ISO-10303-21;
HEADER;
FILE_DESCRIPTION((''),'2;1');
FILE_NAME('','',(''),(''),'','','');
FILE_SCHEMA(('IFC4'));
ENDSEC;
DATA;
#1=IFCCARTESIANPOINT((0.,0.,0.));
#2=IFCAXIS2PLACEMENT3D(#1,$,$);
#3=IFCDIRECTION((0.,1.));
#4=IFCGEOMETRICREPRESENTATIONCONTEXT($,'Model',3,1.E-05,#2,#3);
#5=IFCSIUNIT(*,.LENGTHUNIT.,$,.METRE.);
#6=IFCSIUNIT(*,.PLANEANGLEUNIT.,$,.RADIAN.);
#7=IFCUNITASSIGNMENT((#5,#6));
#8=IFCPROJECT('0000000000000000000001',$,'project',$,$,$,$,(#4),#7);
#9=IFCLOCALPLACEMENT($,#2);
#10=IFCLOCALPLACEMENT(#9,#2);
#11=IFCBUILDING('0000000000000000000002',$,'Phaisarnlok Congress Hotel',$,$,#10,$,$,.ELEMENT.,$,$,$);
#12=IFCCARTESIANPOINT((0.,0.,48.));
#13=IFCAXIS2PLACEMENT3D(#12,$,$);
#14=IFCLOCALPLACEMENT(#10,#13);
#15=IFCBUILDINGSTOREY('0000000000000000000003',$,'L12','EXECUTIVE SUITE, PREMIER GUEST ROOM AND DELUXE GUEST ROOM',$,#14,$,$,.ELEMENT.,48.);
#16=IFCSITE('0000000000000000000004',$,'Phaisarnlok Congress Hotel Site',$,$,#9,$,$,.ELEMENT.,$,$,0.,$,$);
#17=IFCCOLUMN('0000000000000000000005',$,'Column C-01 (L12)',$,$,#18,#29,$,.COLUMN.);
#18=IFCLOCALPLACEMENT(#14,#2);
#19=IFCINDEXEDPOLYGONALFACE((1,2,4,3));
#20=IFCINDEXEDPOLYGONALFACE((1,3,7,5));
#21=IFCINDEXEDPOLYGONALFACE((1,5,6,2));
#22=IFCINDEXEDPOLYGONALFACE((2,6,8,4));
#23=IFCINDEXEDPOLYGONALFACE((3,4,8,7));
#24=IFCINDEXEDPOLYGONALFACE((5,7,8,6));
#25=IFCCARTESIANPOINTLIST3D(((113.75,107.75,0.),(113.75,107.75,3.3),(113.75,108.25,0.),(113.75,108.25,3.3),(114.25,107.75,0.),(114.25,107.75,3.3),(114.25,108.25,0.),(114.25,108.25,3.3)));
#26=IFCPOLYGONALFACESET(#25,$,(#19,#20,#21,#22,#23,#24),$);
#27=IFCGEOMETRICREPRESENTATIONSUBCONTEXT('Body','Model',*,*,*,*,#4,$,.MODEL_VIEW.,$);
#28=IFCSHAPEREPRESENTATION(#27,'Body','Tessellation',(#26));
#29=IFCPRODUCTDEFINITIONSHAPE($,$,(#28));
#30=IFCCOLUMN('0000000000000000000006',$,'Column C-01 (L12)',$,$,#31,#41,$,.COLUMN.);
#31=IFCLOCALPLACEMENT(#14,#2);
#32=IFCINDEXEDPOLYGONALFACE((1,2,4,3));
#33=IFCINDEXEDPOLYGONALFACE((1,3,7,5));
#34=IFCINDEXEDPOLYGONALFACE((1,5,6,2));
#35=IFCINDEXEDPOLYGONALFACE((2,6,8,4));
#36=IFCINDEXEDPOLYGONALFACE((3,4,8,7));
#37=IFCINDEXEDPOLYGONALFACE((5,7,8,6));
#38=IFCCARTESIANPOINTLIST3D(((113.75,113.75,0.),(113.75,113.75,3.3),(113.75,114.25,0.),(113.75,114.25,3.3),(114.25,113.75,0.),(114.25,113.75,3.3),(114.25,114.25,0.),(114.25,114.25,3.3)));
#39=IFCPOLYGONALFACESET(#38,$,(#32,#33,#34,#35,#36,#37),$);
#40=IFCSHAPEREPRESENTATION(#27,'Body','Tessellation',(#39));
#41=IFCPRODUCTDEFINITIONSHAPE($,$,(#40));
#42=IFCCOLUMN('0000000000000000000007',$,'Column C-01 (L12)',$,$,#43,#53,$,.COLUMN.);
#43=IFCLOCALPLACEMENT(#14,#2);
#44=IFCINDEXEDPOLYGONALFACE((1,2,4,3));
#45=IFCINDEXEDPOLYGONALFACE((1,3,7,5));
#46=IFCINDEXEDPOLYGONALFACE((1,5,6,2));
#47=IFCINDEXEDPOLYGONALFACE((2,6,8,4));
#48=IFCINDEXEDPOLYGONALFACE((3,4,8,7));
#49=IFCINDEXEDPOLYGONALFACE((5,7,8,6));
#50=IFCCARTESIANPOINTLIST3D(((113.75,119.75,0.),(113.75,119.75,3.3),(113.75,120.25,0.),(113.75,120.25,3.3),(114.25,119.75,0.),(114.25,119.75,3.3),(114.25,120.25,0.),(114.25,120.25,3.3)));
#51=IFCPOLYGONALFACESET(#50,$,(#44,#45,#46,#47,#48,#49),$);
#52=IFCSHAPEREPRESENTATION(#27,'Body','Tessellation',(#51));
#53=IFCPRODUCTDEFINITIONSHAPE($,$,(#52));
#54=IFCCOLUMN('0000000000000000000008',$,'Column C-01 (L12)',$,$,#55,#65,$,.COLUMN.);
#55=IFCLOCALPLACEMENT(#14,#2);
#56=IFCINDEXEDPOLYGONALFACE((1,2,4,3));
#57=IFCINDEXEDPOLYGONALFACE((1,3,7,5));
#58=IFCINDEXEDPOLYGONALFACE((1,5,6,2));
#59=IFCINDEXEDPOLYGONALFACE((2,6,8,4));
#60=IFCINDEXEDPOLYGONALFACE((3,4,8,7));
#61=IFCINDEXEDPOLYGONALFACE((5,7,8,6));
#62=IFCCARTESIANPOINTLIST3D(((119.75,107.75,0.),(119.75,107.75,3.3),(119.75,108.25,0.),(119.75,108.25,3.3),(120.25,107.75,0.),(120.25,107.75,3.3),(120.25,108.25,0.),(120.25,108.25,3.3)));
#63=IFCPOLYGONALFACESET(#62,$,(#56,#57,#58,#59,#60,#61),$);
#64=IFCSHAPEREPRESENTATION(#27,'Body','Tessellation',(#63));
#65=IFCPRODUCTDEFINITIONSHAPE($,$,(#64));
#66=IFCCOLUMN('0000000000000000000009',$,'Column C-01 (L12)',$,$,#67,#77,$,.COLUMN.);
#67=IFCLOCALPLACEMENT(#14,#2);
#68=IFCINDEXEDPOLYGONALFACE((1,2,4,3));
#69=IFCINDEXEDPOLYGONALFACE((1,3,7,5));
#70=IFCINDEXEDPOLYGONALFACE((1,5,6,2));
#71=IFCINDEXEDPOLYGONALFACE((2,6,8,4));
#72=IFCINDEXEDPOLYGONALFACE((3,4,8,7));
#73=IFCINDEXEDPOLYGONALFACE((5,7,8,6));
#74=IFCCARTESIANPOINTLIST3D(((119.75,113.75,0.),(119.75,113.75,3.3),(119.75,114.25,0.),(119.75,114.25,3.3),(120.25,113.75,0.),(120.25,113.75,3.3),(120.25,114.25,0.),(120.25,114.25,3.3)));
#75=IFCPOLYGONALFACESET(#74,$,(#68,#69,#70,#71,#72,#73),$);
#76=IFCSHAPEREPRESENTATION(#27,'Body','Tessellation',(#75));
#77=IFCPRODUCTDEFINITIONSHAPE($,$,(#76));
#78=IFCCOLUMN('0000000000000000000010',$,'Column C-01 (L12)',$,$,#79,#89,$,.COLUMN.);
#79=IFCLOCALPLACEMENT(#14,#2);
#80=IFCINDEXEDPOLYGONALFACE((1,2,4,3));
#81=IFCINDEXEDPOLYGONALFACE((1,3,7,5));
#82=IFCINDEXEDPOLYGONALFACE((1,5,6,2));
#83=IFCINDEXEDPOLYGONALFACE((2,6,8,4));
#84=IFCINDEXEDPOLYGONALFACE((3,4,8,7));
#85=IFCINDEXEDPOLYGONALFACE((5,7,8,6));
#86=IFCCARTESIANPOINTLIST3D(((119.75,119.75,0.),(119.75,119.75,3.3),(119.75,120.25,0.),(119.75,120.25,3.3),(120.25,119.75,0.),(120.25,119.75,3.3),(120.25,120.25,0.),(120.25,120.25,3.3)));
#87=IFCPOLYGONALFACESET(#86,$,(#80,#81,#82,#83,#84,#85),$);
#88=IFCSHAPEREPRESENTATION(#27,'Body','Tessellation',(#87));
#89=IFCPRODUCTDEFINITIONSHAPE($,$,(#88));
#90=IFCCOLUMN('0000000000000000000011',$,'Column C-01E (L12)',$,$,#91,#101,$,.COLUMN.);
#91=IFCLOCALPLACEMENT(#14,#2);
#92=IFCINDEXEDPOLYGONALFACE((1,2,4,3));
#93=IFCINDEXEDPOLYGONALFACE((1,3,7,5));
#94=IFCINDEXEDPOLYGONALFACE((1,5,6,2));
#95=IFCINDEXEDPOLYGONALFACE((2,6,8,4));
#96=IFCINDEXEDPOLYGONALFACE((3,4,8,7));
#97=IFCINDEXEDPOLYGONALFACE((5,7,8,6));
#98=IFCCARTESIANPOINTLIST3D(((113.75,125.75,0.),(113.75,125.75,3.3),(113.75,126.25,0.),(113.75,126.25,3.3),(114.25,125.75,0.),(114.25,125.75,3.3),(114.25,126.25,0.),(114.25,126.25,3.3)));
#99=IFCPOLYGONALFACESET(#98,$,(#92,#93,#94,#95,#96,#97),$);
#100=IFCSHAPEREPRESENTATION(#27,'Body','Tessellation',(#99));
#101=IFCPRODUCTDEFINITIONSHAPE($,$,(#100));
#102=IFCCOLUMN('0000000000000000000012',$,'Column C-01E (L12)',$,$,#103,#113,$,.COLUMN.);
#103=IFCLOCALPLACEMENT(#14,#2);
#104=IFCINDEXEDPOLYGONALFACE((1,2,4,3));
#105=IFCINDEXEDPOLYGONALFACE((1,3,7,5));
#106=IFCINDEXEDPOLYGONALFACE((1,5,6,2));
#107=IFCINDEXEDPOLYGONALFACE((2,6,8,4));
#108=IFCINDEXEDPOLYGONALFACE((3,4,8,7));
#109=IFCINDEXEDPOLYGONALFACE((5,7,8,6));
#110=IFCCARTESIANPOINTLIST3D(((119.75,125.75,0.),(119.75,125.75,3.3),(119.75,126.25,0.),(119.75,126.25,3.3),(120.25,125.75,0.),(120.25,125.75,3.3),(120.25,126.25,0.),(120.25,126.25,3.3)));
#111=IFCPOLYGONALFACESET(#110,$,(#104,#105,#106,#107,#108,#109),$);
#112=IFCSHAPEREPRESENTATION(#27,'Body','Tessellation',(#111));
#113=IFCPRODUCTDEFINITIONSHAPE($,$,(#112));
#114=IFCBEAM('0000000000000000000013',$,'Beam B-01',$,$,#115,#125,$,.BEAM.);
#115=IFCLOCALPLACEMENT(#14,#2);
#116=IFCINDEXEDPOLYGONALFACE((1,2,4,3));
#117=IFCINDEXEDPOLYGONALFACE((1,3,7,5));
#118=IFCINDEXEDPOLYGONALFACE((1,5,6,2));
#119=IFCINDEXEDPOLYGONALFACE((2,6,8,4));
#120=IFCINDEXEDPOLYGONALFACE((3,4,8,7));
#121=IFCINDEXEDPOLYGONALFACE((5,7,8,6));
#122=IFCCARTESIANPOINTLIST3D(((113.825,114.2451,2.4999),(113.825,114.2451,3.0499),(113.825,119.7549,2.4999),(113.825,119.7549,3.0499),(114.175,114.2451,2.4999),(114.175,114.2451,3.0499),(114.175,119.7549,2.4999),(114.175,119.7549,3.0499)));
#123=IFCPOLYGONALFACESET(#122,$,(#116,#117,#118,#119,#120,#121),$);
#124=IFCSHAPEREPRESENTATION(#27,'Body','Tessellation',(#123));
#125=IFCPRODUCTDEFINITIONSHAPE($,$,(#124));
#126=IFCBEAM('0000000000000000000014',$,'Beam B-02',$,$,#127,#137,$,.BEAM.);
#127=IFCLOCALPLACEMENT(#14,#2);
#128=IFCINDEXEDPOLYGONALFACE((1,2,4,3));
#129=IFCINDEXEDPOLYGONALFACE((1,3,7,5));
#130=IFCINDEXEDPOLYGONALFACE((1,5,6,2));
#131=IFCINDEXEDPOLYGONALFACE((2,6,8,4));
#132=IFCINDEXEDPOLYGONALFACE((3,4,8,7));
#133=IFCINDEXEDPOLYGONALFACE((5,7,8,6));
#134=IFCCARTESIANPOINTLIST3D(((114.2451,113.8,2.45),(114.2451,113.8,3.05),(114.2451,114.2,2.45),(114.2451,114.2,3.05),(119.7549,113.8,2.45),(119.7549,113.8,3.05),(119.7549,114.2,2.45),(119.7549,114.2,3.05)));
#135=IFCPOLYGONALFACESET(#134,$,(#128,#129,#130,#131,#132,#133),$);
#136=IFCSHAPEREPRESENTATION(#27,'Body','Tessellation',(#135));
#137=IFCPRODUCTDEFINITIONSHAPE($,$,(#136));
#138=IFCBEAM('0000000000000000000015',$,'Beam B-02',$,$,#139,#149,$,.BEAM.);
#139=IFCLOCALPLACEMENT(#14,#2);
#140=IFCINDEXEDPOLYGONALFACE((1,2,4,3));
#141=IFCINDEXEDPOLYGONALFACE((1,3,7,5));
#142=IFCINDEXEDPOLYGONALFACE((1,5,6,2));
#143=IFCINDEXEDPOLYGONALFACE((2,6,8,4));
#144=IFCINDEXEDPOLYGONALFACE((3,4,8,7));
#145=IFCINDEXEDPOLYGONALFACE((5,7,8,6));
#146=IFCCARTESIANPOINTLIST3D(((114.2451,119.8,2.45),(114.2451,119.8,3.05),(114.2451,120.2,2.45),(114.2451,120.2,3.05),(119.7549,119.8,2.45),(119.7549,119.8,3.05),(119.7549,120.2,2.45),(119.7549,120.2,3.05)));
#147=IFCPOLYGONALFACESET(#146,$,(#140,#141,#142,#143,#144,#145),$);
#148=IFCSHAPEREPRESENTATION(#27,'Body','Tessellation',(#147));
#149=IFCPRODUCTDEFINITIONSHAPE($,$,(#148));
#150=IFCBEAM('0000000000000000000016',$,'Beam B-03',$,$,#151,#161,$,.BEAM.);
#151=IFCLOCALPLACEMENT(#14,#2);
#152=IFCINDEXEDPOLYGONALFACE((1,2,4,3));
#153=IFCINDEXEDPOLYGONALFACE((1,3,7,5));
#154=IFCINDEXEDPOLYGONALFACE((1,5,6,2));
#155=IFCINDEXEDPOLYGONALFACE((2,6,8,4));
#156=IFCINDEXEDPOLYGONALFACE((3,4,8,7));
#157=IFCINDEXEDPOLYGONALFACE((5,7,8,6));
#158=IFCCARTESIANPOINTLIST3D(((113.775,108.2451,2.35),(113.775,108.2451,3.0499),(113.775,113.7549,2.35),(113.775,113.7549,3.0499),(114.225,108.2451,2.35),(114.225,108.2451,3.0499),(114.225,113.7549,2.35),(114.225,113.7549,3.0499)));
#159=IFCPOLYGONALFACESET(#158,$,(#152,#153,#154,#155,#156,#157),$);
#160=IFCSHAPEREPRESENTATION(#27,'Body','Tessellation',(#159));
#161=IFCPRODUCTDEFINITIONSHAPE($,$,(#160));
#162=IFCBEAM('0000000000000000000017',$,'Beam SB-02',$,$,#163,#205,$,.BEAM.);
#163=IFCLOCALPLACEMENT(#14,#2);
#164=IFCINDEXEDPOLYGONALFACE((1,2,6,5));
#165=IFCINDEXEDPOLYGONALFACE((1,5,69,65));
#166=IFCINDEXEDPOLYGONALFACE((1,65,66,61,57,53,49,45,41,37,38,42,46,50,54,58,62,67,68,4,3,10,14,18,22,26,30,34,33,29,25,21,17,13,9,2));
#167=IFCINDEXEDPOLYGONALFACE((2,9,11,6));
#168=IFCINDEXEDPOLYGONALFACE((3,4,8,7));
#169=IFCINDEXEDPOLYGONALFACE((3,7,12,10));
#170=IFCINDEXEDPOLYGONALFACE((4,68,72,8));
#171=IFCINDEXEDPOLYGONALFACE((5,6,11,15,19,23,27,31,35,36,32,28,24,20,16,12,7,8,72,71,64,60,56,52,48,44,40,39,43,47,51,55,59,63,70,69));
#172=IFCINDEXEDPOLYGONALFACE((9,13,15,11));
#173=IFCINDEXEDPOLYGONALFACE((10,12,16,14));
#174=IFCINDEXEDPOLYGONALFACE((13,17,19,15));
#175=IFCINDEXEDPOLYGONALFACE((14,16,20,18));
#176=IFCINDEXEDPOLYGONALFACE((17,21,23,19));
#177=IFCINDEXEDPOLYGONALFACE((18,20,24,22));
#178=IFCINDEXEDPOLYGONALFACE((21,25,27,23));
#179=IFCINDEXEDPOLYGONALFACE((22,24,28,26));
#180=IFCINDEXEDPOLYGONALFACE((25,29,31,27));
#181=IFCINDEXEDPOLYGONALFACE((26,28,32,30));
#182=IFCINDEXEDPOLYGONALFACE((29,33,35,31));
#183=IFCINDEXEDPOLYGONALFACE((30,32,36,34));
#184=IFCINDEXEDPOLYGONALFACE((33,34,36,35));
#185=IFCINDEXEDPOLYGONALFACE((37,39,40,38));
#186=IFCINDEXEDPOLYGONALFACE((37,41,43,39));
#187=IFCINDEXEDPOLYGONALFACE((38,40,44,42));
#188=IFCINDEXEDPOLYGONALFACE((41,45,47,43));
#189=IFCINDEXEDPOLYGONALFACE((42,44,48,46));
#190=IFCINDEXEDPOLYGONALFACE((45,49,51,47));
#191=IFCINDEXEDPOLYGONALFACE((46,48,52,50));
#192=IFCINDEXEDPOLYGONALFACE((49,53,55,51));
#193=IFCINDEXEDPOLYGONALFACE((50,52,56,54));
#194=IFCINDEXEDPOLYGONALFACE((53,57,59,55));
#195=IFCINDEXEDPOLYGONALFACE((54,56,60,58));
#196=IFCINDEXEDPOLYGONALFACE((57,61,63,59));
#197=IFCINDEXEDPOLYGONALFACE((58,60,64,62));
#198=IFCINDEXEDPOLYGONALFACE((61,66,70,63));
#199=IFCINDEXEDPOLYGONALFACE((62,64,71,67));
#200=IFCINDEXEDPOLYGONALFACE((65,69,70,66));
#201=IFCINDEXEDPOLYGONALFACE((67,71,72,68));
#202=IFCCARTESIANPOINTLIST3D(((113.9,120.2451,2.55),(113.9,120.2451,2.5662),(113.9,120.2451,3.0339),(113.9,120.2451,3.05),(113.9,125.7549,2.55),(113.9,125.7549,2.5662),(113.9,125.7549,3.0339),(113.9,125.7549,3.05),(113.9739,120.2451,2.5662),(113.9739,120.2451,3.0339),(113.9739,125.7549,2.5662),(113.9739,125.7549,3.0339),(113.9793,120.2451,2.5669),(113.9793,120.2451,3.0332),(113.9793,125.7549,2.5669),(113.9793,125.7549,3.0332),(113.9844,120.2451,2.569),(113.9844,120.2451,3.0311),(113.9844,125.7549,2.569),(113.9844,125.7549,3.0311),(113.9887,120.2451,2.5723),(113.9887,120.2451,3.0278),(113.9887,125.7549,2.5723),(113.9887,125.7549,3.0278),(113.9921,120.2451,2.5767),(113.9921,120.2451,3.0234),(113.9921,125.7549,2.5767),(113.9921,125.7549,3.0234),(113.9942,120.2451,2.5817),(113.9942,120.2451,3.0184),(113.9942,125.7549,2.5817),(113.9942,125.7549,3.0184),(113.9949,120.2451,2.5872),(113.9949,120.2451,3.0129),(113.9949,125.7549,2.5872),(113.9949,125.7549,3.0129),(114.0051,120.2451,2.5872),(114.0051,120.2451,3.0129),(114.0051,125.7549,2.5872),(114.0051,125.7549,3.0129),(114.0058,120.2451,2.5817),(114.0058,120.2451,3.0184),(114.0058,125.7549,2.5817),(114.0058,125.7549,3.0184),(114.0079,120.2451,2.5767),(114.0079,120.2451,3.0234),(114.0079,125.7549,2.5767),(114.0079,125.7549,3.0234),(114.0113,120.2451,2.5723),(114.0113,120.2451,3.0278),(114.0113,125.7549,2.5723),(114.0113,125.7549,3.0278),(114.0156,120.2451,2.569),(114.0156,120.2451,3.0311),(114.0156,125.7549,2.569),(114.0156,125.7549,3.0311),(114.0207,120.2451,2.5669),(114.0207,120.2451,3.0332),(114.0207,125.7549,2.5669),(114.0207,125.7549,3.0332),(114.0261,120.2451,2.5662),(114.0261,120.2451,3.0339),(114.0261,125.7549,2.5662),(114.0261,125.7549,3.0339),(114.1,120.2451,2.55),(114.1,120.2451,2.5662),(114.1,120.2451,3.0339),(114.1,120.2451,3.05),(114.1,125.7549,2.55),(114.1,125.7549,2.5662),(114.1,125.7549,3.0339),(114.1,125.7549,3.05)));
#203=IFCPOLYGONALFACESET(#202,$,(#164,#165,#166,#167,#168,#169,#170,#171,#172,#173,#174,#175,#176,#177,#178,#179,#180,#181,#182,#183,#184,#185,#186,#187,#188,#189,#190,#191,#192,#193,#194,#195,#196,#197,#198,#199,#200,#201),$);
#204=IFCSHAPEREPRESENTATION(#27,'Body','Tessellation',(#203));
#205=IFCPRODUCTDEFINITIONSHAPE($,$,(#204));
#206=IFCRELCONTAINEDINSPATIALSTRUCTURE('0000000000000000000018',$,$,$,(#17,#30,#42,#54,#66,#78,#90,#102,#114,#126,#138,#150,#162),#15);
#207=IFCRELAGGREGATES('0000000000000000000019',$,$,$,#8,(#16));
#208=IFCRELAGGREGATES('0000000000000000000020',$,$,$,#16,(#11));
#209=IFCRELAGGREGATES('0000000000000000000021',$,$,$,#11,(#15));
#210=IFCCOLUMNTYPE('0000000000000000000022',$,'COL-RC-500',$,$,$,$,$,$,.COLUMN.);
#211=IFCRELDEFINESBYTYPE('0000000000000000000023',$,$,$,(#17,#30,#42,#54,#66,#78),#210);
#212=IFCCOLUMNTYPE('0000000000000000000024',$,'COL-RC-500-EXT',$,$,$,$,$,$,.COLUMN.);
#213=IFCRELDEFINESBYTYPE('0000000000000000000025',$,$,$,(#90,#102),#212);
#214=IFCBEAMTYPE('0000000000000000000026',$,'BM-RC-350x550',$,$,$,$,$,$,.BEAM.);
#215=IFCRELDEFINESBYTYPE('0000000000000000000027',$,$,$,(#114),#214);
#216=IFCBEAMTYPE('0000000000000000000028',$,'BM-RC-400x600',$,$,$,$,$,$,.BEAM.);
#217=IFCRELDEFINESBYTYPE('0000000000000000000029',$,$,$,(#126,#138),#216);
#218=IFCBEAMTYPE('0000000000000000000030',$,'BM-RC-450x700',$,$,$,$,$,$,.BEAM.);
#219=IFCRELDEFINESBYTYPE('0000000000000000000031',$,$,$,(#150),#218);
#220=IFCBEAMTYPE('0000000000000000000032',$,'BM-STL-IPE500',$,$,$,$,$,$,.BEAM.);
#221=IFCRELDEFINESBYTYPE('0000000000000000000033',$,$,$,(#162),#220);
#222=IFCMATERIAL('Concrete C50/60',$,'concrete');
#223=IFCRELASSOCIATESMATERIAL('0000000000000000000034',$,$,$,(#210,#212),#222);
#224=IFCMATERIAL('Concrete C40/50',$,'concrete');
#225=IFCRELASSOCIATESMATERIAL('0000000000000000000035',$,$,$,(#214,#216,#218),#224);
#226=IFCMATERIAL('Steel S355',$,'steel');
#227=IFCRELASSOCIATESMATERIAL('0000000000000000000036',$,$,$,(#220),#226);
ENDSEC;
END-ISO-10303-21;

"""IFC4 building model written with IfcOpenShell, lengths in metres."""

from ifc_helpers import new_model, si_unit, direction, frame, origin, origin_2d, place, context, subcontext, project, spatial, rectangle, i_section, extrude, material, material_profile, profile_set, type_object, element, save


model = new_model("IFC4")

# Units and contexts
model_context = context("Model", 3, precision=1e-05, world=origin(), true_north=direction((0.0, 1.0)))
body_context = subcontext(model_context, "Body", "Model", "MODEL_VIEW")
ifc_project = project(units=[si_unit("LENGTHUNIT", "METRE"), si_unit("PLANEANGLEUNIT", "RADIAN")], contexts=[model_context])

# Site, building, storey
site_placement = place(None, origin())
site = spatial("IfcSite", under=ifc_project, at=site_placement, Name="Phaisarnlok Congress Hotel Site", CompositionType="ELEMENT", RefElevation=0.0)
building_placement = place(site_placement, origin())
building = spatial("IfcBuilding", under=site, at=building_placement, Name="Phaisarnlok Congress Hotel", CompositionType="ELEMENT")
storey_placement = place(building_placement, frame((0.0, 0.0, 48.0)))
storey = spatial("IfcBuildingStorey", under=building, at=storey_placement, Name="L12", Description="EXECUTIVE SUITE, PREMIER GUEST ROOM AND DELUXE GUEST ROOM", CompositionType="ELEMENT", Elevation=48.0)

# Columns
ifc_material_1 = material(Name="Concrete C50/60", Category="concrete")
ifc_material_profile_1 = material_profile(ifc_material_1, rectangle(XDim=0.5, YDim=0.5, at=origin_2d()), Name="RC 500x500")
ifc_profile_set_1 = profile_set([ifc_material_profile_1], Name="Concrete C50/60")
column_type_1 = type_object("IfcColumnType", Name="COL-RC-500", PredefinedType="COLUMN", material=ifc_profile_set_1)
for number, where, z_axis, x_axis, name in (
    (1, (114.0, 108.0, 0.0), (0.0, 0.0, 1.0), (1.0, 0.0, 0.0), "Column C-01 (L12)"),
    (2, (114.0, 114.0, 0.0), (0.0, 0.0, 1.0), (1.0, 0.0, 0.0), "Column C-01 (L12)"),
    (3, (114.0, 120.0, 0.0), (0.0, 0.0, 1.0), (1.0, 0.0, 0.0), "Column C-01 (L12)"),
    (4, (120.0, 108.0, 0.0), (0.0, 0.0, 1.0), (1.0, 0.0, 0.0), "Column C-01 (L12)"),
    (5, (120.0, 114.0, 0.0), (0.0, 0.0, 1.0), (1.0, 0.0, 0.0), "Column C-01 (L12)"),
    (6, (120.0, 120.0, 0.0), (0.0, 0.0, 1.0), (1.0, 0.0, 0.0), "Column C-01 (L12)"),
):
    element("IfcColumn", number, at=place(storey_placement, frame(where, z_axis=z_axis, x_axis=x_axis)), inside=storey, type_object=column_type_1, Name=name, PredefinedType="COLUMN", context=body_context, shape_type="SweptSolid", body=[
        extrude(rectangle(XDim=0.5, YDim=0.5, at=origin_2d()), origin(), (0.0, 0.0, 1.0), 3.3),
    ])
ifc_material_profile_2 = material_profile(ifc_material_1, rectangle(XDim=0.5, YDim=0.5, at=origin_2d()), Name="RC 500x500")
ifc_profile_set_2 = profile_set([ifc_material_profile_2], Name="Concrete C50/60")
column_type_2 = type_object("IfcColumnType", Name="COL-RC-500-EXT", PredefinedType="COLUMN", material=ifc_profile_set_2)
for number, where, z_axis, x_axis, name in (
    (7, (114.0, 126.0, 0.0), (0.0, 0.0, 1.0), (1.0, 0.0, 0.0), "Column C-01E (L12)"),
    (8, (120.0, 126.0, 0.0), (0.0, 0.0, 1.0), (1.0, 0.0, 0.0), "Column C-01E (L12)"),
):
    element("IfcColumn", number, at=place(storey_placement, frame(where, z_axis=z_axis, x_axis=x_axis)), inside=storey, type_object=column_type_2, Name=name, PredefinedType="COLUMN", context=body_context, shape_type="SweptSolid", body=[
        extrude(rectangle(XDim=0.5, YDim=0.5, at=origin_2d()), origin(), (0.0, 0.0, 1.0), 3.3),
    ])

# Beams
ifc_material_2 = material(Name="Concrete C40/50", Category="concrete")
ifc_material_profile_3 = material_profile(ifc_material_2, rectangle(XDim=0.3501, YDim=0.55, at=origin_2d()), Name="RC 350x550")
ifc_profile_set_3 = profile_set([ifc_material_profile_3], Name="Concrete C40/50")
beam_type_1 = type_object("IfcBeamType", Name="BM-RC-350x550", PredefinedType="BEAM", material=ifc_profile_set_3)
beam_1_placement = place(storey_placement, frame((114.0, 114.2451, 2.7749), z_axis=(0.0, 1.0, 0.0), x_axis=(-1.0, 0.0, 0.0)))
element("IfcBeam", 9, at=beam_1_placement, inside=storey, type_object=beam_type_1, Name="Beam B-01", PredefinedType="BEAM", context=body_context, shape_type="SweptSolid", body=[
    extrude(rectangle(XDim=0.3501, YDim=0.55, at=origin_2d()), origin(), (0.0, 0.0, 1.0), 5.5098),
])
ifc_material_profile_4 = material_profile(ifc_material_2, rectangle(XDim=0.3999, YDim=0.6001, at=origin_2d()), Name="RC 400x600")
ifc_profile_set_4 = profile_set([ifc_material_profile_4], Name="Concrete C40/50")
beam_type_2 = type_object("IfcBeamType", Name="BM-RC-400x600", PredefinedType="BEAM", material=ifc_profile_set_4)
for number, where, z_axis, x_axis, name in (
    (10, (114.2451, 114.0, 2.75), (1.0, 0.0, 0.0), (0.0, 1.0, 0.0), "Beam B-02"),
    (11, (114.2451, 120.0, 2.75), (1.0, 0.0, 0.0), (0.0, 1.0, 0.0), "Beam B-02"),
):
    element("IfcBeam", number, at=place(storey_placement, frame(where, z_axis=z_axis, x_axis=x_axis)), inside=storey, type_object=beam_type_2, Name=name, PredefinedType="BEAM", context=body_context, shape_type="SweptSolid", body=[
        extrude(rectangle(XDim=0.3999, YDim=0.6001, at=origin_2d()), origin(), (0.0, 0.0, 1.0), 5.5098),
    ])
ifc_material_profile_5 = material_profile(ifc_material_2, rectangle(XDim=0.45, YDim=0.7, at=origin_2d()), Name="RC 450x700")
ifc_profile_set_5 = profile_set([ifc_material_profile_5], Name="Concrete C40/50")
beam_type_3 = type_object("IfcBeamType", Name="BM-RC-450x700", PredefinedType="BEAM", material=ifc_profile_set_5)
beam_2_placement = place(storey_placement, frame((114.0, 108.2451, 2.7), z_axis=(0.0, 1.0, 0.0), x_axis=(-1.0, 0.0, 0.0)))
element("IfcBeam", 12, at=beam_2_placement, inside=storey, type_object=beam_type_3, Name="Beam B-03", PredefinedType="BEAM", context=body_context, shape_type="SweptSolid", body=[
    extrude(rectangle(XDim=0.45, YDim=0.7, at=origin_2d()), origin(), (0.0, 0.0, 1.0), 5.5098),
])
ifc_material_3 = material(Name="Steel S355", Category="steel")
ifc_material_profile_6 = material_profile(ifc_material_3, i_section(OverallWidth=0.2, OverallDepth=0.5, WebThickness=0.0103, FlangeThickness=0.0161, FilletRadius=0.021, at=origin_2d()), Name="IPE 500")
ifc_profile_set_6 = profile_set([ifc_material_profile_6], Name="Steel S355")
beam_type_4 = type_object("IfcBeamType", Name="BM-STL-IPE500", PredefinedType="BEAM", material=ifc_profile_set_6)
beam_3_placement = place(storey_placement, frame((114.0, 120.2451, 2.8), z_axis=(0.0, 1.0, 0.0), x_axis=(-1.0, 0.0, 0.0)))
element("IfcBeam", 13, at=beam_3_placement, inside=storey, type_object=beam_type_4, Name="Beam SB-02", PredefinedType="BEAM", context=body_context, shape_type="SweptSolid", body=[
    extrude(i_section(OverallWidth=0.2, OverallDepth=0.5, WebThickness=0.0103, FlangeThickness=0.0161, FilletRadius=0.021, at=origin_2d()), origin(), (0.0, 0.0, 1.0), 5.5098),
])

save(model, "model.ifc")
